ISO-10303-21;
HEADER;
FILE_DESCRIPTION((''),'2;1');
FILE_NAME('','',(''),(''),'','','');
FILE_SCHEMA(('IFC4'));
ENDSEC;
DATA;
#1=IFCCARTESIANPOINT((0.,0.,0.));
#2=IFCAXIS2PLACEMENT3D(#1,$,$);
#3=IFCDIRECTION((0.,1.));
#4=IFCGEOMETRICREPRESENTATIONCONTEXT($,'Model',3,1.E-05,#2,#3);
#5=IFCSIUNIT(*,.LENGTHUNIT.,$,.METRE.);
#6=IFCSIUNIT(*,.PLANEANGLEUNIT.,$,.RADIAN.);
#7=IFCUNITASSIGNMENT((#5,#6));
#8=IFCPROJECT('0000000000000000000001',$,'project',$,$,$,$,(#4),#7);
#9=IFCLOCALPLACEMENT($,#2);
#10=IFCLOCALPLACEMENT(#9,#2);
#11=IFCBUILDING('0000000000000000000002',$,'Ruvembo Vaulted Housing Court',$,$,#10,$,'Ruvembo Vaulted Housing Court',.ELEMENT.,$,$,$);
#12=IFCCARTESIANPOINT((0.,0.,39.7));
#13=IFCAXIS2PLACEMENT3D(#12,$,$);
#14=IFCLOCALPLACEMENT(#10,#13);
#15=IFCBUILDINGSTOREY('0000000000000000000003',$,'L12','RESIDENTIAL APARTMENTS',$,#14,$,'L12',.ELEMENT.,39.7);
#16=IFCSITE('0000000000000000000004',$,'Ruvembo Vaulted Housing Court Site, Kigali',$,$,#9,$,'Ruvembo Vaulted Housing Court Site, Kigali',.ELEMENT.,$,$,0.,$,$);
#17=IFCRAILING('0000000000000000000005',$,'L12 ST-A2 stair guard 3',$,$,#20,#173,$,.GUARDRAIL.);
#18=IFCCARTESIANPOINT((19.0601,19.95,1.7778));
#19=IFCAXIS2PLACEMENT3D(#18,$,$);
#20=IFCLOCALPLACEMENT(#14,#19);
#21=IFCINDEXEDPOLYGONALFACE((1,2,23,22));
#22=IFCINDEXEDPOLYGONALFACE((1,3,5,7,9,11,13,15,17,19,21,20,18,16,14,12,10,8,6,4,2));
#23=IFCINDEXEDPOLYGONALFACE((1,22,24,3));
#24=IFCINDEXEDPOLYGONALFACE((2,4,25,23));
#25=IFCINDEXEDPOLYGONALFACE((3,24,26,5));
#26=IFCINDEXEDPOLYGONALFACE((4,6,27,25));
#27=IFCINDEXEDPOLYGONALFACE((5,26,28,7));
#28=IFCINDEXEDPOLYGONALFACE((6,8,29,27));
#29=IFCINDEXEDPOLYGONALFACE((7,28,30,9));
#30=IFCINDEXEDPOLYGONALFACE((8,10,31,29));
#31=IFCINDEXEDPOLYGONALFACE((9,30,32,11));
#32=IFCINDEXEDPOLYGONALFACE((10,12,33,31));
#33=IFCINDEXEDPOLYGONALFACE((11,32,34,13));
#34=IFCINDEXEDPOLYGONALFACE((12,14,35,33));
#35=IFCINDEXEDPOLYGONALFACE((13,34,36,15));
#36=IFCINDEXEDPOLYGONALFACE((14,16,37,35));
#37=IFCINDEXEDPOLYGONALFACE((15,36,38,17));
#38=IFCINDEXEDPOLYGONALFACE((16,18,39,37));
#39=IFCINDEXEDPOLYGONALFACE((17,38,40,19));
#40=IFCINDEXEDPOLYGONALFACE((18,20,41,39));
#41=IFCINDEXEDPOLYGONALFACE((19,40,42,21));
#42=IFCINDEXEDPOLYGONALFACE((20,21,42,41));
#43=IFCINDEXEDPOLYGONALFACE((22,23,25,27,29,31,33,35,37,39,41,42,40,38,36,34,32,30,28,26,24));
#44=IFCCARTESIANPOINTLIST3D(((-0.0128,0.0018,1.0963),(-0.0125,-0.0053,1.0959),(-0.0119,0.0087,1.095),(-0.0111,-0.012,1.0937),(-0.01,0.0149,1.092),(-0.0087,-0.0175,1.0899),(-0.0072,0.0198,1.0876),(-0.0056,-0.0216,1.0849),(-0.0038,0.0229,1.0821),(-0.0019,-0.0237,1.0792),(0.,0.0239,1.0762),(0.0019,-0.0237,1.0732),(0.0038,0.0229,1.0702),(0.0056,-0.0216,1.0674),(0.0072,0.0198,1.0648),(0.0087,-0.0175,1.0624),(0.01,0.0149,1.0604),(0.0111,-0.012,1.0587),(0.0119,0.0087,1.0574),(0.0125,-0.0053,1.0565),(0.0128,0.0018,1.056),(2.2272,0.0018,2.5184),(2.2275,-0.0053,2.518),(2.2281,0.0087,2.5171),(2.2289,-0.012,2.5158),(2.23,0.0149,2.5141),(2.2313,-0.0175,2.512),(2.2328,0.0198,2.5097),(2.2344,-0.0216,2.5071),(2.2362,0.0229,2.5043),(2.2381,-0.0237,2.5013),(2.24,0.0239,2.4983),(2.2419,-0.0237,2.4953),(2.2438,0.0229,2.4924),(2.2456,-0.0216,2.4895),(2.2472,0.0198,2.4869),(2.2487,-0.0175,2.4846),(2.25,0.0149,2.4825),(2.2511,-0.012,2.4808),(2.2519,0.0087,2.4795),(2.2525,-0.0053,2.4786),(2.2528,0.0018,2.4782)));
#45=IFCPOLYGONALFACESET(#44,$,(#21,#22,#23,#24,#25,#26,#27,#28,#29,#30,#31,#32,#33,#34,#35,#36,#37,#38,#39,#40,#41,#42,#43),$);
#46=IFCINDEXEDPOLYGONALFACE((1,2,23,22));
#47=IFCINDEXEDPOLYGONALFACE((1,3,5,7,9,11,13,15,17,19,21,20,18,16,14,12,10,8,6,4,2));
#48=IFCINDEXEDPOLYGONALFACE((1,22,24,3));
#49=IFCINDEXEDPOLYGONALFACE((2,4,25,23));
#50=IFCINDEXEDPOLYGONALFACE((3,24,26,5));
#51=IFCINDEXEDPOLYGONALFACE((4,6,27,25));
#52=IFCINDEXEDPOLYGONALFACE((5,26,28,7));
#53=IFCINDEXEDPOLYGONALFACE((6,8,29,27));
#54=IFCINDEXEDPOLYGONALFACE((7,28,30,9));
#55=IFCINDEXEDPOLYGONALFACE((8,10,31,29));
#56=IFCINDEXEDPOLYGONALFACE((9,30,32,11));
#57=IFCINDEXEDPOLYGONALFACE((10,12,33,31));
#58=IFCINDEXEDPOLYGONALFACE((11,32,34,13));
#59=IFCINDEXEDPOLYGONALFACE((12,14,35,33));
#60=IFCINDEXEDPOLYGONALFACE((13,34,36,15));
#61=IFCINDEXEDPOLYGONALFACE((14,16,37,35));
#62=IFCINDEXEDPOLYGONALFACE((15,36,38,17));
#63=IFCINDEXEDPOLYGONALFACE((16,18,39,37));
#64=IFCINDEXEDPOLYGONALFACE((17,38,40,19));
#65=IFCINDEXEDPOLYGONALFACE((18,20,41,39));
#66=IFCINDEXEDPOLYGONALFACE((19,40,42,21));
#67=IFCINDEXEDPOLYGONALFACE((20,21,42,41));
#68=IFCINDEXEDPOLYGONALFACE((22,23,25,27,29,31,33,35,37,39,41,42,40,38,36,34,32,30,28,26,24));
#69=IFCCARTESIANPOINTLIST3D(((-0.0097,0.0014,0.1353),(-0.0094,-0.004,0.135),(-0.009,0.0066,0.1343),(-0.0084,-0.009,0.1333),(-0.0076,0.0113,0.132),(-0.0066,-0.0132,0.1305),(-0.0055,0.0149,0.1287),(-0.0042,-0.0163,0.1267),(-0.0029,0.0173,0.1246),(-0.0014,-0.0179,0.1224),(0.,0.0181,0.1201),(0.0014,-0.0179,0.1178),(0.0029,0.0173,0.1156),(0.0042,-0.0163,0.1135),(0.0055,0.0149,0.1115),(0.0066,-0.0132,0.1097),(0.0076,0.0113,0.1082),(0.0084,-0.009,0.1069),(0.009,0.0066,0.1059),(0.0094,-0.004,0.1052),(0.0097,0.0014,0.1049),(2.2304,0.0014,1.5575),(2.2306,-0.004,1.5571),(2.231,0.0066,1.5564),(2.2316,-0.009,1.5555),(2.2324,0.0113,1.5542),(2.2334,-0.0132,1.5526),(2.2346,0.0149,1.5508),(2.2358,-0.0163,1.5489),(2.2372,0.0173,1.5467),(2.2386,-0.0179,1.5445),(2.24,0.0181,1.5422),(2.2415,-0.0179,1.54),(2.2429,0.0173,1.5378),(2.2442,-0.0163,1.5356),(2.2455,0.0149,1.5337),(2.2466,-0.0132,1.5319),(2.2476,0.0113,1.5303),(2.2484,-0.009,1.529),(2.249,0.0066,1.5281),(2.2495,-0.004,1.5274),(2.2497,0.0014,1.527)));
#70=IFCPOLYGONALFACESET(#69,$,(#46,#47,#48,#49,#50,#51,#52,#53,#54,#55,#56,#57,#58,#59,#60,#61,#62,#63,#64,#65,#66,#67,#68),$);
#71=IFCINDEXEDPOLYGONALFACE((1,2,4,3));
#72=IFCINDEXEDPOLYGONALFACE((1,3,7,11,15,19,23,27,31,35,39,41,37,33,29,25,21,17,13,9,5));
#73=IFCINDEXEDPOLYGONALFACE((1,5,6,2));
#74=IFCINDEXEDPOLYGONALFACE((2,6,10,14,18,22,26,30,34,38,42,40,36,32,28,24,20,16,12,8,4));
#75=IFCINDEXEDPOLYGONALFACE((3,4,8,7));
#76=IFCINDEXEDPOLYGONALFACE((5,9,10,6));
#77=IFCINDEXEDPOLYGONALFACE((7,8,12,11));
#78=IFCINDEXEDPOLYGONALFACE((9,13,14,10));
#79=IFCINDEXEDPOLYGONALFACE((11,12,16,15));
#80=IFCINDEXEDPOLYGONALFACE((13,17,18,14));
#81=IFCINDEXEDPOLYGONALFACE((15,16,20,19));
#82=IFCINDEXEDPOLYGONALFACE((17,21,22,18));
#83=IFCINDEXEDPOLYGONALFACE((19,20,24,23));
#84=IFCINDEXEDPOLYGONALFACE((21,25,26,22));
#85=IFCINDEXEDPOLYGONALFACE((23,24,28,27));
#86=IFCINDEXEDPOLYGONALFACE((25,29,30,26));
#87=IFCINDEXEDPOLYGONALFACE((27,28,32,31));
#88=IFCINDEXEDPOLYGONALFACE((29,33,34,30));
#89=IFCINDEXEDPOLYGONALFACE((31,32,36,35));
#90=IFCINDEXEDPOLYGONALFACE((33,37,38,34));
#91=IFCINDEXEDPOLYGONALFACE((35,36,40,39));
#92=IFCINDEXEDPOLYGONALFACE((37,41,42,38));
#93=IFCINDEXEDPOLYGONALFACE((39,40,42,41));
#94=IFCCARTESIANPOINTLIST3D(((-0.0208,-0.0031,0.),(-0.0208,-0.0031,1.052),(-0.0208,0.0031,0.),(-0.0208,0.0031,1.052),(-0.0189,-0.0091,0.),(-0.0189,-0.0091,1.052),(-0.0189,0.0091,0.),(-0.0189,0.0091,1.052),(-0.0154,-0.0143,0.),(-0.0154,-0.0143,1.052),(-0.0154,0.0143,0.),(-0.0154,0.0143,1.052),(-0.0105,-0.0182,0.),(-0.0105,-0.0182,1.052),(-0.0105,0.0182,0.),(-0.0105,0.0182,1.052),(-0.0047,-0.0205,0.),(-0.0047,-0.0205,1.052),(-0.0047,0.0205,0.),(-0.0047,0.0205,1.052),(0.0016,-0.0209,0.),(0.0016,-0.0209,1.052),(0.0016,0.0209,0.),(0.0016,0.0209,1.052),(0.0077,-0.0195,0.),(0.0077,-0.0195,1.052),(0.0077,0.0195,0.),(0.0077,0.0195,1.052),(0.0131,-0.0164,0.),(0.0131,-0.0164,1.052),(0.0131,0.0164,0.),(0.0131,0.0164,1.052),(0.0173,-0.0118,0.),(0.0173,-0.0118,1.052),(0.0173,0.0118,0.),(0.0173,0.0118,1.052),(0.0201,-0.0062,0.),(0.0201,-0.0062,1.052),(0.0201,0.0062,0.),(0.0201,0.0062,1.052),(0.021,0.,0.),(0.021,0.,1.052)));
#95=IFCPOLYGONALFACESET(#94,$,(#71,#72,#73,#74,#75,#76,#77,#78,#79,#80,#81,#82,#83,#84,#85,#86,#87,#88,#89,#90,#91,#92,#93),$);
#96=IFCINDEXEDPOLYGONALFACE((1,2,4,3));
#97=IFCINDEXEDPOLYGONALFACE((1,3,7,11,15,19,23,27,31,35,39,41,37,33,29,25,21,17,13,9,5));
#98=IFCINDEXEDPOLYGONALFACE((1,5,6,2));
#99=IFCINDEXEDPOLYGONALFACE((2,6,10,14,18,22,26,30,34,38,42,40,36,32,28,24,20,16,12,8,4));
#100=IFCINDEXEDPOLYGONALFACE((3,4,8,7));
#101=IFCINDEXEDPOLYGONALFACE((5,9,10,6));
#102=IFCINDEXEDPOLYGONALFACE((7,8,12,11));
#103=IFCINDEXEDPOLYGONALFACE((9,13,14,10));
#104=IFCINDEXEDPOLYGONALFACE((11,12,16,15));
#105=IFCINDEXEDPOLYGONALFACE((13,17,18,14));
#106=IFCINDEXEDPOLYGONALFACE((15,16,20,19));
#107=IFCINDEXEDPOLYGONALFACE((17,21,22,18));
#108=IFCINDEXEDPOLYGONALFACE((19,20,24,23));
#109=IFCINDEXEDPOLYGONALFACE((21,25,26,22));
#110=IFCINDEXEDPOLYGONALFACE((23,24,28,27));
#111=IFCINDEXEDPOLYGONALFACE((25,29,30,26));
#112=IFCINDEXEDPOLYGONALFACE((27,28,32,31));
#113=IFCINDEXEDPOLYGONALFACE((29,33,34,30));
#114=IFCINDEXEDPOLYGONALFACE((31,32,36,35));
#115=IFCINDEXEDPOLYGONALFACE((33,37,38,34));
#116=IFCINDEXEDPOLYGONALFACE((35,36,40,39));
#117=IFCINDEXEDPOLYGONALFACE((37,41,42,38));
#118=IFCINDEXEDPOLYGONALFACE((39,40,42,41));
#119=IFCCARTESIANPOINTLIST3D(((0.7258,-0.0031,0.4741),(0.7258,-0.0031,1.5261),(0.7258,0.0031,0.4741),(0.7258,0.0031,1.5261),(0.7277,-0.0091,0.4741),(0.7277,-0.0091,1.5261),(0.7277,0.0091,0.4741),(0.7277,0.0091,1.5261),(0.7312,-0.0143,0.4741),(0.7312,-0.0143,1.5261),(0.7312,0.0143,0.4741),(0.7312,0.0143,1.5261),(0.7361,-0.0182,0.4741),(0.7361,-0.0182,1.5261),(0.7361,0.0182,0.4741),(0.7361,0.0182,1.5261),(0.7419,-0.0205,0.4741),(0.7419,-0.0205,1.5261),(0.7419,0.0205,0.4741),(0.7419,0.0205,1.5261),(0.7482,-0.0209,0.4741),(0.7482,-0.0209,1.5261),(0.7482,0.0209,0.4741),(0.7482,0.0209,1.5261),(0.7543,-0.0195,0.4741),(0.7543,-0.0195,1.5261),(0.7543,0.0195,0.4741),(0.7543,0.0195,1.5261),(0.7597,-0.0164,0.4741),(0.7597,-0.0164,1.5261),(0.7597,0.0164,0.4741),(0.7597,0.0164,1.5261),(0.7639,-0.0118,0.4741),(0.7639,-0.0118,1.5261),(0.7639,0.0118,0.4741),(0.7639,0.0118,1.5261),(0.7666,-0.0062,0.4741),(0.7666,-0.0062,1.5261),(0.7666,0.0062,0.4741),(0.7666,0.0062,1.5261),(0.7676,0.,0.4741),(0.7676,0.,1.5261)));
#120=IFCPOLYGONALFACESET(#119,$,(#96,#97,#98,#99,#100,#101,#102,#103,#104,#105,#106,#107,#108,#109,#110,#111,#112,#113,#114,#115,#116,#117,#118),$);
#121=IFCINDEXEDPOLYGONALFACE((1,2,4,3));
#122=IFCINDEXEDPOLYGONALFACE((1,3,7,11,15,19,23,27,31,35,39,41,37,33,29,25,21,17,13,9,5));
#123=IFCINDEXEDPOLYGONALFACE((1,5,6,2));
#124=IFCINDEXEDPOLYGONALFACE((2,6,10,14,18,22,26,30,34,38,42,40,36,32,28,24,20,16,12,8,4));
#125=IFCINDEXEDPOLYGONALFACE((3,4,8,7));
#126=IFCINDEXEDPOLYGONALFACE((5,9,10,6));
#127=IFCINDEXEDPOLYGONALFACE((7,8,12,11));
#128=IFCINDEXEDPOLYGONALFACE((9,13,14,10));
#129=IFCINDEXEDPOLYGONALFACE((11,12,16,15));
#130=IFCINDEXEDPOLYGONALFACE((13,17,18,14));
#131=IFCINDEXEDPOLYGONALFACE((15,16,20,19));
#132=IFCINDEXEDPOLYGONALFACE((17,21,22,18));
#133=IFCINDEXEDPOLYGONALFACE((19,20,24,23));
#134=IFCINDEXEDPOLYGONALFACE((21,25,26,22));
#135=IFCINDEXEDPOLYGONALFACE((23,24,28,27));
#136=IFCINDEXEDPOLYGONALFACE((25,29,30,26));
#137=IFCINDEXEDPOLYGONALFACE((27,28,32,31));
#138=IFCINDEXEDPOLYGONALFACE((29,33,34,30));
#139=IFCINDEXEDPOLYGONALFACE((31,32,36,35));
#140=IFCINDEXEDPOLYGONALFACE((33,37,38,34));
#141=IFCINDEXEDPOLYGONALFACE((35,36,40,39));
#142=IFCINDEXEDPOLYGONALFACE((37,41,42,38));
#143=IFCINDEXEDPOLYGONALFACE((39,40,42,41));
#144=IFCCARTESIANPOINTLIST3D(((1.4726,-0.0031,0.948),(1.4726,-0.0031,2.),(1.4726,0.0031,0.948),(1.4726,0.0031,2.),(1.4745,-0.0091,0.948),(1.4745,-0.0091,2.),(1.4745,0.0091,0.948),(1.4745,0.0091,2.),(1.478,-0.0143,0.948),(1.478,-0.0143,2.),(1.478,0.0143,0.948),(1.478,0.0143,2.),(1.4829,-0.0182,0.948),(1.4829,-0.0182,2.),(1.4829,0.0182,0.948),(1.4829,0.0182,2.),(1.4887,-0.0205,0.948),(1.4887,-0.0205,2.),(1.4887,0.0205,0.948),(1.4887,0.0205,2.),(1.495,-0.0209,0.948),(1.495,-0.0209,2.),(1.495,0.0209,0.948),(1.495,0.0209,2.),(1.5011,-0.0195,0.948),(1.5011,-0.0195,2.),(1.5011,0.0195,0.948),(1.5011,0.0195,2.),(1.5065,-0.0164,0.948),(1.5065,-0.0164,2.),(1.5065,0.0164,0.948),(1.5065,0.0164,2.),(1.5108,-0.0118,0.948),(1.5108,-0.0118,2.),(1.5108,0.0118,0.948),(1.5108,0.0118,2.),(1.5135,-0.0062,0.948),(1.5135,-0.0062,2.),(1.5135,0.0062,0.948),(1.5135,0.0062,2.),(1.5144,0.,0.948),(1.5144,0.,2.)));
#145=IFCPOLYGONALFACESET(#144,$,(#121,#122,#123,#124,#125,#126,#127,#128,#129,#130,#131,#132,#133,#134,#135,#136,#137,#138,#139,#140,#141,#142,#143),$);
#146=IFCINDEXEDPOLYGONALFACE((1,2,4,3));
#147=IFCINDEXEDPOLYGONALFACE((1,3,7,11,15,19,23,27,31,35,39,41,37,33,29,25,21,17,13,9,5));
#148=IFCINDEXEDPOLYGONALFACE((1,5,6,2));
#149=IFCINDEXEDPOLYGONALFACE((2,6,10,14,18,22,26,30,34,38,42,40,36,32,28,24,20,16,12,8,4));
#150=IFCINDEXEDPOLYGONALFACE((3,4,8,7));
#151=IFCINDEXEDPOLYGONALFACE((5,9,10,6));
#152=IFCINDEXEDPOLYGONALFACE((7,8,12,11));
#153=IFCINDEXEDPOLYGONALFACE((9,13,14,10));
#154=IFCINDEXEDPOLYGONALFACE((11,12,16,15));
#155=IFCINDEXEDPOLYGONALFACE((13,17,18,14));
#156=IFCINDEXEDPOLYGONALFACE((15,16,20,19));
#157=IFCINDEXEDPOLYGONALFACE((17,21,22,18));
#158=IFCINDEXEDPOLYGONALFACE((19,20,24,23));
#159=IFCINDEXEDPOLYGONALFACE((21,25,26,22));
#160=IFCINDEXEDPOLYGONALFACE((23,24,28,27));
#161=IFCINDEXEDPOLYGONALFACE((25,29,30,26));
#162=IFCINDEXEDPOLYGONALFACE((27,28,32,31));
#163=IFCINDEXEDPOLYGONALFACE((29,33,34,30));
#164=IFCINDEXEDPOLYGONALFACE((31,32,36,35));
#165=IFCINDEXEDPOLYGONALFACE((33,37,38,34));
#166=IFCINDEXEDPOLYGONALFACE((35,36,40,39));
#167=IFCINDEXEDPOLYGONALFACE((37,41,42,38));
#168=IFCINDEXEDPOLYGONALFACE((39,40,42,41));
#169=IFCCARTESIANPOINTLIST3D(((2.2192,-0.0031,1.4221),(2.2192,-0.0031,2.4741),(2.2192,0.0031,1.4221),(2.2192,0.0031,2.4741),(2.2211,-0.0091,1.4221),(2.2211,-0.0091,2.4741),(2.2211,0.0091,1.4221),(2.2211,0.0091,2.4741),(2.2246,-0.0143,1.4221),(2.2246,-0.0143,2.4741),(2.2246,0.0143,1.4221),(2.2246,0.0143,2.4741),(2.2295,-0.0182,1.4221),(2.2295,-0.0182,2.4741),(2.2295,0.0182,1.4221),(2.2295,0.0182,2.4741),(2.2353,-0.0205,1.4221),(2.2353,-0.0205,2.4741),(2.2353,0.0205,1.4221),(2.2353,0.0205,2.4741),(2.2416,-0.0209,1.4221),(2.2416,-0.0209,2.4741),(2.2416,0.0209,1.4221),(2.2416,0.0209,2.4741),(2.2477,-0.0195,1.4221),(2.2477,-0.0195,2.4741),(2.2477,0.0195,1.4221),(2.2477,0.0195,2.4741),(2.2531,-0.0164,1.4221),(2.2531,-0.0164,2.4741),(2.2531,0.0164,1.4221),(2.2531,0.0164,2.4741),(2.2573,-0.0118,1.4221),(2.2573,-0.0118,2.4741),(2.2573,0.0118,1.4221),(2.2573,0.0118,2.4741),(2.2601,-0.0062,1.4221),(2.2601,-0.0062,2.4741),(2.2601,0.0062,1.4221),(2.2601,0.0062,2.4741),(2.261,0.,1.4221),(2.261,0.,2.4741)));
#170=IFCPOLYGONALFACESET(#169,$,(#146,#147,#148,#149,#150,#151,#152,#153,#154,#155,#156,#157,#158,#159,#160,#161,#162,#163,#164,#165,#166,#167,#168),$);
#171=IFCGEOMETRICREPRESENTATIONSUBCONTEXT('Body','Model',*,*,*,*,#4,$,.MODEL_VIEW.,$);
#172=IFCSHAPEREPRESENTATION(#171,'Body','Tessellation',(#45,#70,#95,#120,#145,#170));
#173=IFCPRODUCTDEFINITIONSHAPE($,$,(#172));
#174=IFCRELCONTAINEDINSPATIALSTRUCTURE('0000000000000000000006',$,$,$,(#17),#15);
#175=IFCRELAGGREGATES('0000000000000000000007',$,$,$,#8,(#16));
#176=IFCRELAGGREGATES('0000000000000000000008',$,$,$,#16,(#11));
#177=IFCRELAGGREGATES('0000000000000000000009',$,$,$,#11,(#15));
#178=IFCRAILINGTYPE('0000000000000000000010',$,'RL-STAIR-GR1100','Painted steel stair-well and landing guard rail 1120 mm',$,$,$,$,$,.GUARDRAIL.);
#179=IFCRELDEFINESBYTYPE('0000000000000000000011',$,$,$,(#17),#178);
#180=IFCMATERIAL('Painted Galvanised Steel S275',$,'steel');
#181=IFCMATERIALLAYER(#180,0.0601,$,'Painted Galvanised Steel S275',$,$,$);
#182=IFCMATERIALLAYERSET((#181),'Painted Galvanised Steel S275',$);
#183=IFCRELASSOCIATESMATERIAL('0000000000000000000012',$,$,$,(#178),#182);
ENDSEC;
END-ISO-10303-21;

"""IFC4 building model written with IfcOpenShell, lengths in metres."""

from ifc_helpers import new_model, si_unit, direction, frame, origin, origin_2d, place, context, subcontext, project, spatial, circle, extrude, material, layer, layer_set, type_object, element, save


model = new_model("IFC4")

# Units and contexts
model_context = context("Model", 3, precision=1e-05, world=origin(), true_north=direction((0.0, 1.0)))
body_context = subcontext(model_context, "Body", "Model", "MODEL_VIEW")
ifc_project = project(units=[si_unit("LENGTHUNIT", "METRE"), si_unit("PLANEANGLEUNIT", "RADIAN")], contexts=[model_context])

# Site, building, storey
site_placement = place(None, origin())
site = spatial("IfcSite", under=ifc_project, at=site_placement, Name="Ruvembo Vaulted Housing Court Site, Kigali", LongName="Ruvembo Vaulted Housing Court Site, Kigali", CompositionType="ELEMENT", RefElevation=0.0)
building_placement = place(site_placement, origin())
building = spatial("IfcBuilding", under=site, at=building_placement, Name="Ruvembo Vaulted Housing Court", LongName="Ruvembo Vaulted Housing Court", CompositionType="ELEMENT")
storey_placement = place(building_placement, frame((0.0, 0.0, 39.7)))
storey = spatial("IfcBuildingStorey", under=building, at=storey_placement, Name="L12", Description="RESIDENTIAL APARTMENTS", LongName="L12", CompositionType="ELEMENT", Elevation=39.7)

# Railing
ifc_material_1 = material(Name="Painted Galvanised Steel S275", Category="steel")
ifc_layer_1 = layer(ifc_material_1, 0.0601, Name="Painted Galvanised Steel S275")
ifc_layer_set_1 = layer_set([ifc_layer_1], Name="Painted Galvanised Steel S275")
railing_type_1 = type_object("IfcRailingType", Name="RL-STAIR-GR1100", Description="Painted steel stair-well and landing guard rail 1120 mm", PredefinedType="GUARDRAIL", material=ifc_layer_set_1)
railing_1_placement = place(storey_placement, frame((19.0601, 19.95, 1.7778)))
element("IfcRailing", 1, at=railing_1_placement, inside=storey, type_object=railing_type_1, Name="L12 ST-A2 stair guard 3", PredefinedType="GUARDRAIL", context=body_context, shape_type="SweptSolid", body=[
    extrude(circle(Radius=0.0239, at=origin_2d()), frame((0.0, 0.0, 1.0762), z_axis=(0.844229, 0.0, 0.535982), x_axis=(0.0, 1.0, 0.0)), (0.0, 0.0, 1.0), 2.6533),
    extrude(circle(Radius=0.0181, at=origin_2d()), frame((0.0, 0.0, 0.1201), z_axis=(0.844229, 0.0, 0.535982), x_axis=(0.0, 1.0, 0.0)), (0.0, 0.0, 1.0), 2.6533),
    extrude(circle(Radius=0.021, at=origin_2d()), origin(), (0.0, 0.0, 1.0), 1.052),
    extrude(circle(Radius=0.021, at=origin_2d()), frame((0.7466, 0.0, 0.4741)), (0.0, 0.0, 1.0), 1.052),
    extrude(circle(Radius=0.021, at=origin_2d()), frame((1.4934, 0.0, 0.948)), (0.0, 0.0, 1.0), 1.052),
    extrude(circle(Radius=0.021, at=origin_2d()), frame((2.24, 0.0, 1.4221)), (0.0, 0.0, 1.0), 1.052),
])

save(model, "model.ifc")
